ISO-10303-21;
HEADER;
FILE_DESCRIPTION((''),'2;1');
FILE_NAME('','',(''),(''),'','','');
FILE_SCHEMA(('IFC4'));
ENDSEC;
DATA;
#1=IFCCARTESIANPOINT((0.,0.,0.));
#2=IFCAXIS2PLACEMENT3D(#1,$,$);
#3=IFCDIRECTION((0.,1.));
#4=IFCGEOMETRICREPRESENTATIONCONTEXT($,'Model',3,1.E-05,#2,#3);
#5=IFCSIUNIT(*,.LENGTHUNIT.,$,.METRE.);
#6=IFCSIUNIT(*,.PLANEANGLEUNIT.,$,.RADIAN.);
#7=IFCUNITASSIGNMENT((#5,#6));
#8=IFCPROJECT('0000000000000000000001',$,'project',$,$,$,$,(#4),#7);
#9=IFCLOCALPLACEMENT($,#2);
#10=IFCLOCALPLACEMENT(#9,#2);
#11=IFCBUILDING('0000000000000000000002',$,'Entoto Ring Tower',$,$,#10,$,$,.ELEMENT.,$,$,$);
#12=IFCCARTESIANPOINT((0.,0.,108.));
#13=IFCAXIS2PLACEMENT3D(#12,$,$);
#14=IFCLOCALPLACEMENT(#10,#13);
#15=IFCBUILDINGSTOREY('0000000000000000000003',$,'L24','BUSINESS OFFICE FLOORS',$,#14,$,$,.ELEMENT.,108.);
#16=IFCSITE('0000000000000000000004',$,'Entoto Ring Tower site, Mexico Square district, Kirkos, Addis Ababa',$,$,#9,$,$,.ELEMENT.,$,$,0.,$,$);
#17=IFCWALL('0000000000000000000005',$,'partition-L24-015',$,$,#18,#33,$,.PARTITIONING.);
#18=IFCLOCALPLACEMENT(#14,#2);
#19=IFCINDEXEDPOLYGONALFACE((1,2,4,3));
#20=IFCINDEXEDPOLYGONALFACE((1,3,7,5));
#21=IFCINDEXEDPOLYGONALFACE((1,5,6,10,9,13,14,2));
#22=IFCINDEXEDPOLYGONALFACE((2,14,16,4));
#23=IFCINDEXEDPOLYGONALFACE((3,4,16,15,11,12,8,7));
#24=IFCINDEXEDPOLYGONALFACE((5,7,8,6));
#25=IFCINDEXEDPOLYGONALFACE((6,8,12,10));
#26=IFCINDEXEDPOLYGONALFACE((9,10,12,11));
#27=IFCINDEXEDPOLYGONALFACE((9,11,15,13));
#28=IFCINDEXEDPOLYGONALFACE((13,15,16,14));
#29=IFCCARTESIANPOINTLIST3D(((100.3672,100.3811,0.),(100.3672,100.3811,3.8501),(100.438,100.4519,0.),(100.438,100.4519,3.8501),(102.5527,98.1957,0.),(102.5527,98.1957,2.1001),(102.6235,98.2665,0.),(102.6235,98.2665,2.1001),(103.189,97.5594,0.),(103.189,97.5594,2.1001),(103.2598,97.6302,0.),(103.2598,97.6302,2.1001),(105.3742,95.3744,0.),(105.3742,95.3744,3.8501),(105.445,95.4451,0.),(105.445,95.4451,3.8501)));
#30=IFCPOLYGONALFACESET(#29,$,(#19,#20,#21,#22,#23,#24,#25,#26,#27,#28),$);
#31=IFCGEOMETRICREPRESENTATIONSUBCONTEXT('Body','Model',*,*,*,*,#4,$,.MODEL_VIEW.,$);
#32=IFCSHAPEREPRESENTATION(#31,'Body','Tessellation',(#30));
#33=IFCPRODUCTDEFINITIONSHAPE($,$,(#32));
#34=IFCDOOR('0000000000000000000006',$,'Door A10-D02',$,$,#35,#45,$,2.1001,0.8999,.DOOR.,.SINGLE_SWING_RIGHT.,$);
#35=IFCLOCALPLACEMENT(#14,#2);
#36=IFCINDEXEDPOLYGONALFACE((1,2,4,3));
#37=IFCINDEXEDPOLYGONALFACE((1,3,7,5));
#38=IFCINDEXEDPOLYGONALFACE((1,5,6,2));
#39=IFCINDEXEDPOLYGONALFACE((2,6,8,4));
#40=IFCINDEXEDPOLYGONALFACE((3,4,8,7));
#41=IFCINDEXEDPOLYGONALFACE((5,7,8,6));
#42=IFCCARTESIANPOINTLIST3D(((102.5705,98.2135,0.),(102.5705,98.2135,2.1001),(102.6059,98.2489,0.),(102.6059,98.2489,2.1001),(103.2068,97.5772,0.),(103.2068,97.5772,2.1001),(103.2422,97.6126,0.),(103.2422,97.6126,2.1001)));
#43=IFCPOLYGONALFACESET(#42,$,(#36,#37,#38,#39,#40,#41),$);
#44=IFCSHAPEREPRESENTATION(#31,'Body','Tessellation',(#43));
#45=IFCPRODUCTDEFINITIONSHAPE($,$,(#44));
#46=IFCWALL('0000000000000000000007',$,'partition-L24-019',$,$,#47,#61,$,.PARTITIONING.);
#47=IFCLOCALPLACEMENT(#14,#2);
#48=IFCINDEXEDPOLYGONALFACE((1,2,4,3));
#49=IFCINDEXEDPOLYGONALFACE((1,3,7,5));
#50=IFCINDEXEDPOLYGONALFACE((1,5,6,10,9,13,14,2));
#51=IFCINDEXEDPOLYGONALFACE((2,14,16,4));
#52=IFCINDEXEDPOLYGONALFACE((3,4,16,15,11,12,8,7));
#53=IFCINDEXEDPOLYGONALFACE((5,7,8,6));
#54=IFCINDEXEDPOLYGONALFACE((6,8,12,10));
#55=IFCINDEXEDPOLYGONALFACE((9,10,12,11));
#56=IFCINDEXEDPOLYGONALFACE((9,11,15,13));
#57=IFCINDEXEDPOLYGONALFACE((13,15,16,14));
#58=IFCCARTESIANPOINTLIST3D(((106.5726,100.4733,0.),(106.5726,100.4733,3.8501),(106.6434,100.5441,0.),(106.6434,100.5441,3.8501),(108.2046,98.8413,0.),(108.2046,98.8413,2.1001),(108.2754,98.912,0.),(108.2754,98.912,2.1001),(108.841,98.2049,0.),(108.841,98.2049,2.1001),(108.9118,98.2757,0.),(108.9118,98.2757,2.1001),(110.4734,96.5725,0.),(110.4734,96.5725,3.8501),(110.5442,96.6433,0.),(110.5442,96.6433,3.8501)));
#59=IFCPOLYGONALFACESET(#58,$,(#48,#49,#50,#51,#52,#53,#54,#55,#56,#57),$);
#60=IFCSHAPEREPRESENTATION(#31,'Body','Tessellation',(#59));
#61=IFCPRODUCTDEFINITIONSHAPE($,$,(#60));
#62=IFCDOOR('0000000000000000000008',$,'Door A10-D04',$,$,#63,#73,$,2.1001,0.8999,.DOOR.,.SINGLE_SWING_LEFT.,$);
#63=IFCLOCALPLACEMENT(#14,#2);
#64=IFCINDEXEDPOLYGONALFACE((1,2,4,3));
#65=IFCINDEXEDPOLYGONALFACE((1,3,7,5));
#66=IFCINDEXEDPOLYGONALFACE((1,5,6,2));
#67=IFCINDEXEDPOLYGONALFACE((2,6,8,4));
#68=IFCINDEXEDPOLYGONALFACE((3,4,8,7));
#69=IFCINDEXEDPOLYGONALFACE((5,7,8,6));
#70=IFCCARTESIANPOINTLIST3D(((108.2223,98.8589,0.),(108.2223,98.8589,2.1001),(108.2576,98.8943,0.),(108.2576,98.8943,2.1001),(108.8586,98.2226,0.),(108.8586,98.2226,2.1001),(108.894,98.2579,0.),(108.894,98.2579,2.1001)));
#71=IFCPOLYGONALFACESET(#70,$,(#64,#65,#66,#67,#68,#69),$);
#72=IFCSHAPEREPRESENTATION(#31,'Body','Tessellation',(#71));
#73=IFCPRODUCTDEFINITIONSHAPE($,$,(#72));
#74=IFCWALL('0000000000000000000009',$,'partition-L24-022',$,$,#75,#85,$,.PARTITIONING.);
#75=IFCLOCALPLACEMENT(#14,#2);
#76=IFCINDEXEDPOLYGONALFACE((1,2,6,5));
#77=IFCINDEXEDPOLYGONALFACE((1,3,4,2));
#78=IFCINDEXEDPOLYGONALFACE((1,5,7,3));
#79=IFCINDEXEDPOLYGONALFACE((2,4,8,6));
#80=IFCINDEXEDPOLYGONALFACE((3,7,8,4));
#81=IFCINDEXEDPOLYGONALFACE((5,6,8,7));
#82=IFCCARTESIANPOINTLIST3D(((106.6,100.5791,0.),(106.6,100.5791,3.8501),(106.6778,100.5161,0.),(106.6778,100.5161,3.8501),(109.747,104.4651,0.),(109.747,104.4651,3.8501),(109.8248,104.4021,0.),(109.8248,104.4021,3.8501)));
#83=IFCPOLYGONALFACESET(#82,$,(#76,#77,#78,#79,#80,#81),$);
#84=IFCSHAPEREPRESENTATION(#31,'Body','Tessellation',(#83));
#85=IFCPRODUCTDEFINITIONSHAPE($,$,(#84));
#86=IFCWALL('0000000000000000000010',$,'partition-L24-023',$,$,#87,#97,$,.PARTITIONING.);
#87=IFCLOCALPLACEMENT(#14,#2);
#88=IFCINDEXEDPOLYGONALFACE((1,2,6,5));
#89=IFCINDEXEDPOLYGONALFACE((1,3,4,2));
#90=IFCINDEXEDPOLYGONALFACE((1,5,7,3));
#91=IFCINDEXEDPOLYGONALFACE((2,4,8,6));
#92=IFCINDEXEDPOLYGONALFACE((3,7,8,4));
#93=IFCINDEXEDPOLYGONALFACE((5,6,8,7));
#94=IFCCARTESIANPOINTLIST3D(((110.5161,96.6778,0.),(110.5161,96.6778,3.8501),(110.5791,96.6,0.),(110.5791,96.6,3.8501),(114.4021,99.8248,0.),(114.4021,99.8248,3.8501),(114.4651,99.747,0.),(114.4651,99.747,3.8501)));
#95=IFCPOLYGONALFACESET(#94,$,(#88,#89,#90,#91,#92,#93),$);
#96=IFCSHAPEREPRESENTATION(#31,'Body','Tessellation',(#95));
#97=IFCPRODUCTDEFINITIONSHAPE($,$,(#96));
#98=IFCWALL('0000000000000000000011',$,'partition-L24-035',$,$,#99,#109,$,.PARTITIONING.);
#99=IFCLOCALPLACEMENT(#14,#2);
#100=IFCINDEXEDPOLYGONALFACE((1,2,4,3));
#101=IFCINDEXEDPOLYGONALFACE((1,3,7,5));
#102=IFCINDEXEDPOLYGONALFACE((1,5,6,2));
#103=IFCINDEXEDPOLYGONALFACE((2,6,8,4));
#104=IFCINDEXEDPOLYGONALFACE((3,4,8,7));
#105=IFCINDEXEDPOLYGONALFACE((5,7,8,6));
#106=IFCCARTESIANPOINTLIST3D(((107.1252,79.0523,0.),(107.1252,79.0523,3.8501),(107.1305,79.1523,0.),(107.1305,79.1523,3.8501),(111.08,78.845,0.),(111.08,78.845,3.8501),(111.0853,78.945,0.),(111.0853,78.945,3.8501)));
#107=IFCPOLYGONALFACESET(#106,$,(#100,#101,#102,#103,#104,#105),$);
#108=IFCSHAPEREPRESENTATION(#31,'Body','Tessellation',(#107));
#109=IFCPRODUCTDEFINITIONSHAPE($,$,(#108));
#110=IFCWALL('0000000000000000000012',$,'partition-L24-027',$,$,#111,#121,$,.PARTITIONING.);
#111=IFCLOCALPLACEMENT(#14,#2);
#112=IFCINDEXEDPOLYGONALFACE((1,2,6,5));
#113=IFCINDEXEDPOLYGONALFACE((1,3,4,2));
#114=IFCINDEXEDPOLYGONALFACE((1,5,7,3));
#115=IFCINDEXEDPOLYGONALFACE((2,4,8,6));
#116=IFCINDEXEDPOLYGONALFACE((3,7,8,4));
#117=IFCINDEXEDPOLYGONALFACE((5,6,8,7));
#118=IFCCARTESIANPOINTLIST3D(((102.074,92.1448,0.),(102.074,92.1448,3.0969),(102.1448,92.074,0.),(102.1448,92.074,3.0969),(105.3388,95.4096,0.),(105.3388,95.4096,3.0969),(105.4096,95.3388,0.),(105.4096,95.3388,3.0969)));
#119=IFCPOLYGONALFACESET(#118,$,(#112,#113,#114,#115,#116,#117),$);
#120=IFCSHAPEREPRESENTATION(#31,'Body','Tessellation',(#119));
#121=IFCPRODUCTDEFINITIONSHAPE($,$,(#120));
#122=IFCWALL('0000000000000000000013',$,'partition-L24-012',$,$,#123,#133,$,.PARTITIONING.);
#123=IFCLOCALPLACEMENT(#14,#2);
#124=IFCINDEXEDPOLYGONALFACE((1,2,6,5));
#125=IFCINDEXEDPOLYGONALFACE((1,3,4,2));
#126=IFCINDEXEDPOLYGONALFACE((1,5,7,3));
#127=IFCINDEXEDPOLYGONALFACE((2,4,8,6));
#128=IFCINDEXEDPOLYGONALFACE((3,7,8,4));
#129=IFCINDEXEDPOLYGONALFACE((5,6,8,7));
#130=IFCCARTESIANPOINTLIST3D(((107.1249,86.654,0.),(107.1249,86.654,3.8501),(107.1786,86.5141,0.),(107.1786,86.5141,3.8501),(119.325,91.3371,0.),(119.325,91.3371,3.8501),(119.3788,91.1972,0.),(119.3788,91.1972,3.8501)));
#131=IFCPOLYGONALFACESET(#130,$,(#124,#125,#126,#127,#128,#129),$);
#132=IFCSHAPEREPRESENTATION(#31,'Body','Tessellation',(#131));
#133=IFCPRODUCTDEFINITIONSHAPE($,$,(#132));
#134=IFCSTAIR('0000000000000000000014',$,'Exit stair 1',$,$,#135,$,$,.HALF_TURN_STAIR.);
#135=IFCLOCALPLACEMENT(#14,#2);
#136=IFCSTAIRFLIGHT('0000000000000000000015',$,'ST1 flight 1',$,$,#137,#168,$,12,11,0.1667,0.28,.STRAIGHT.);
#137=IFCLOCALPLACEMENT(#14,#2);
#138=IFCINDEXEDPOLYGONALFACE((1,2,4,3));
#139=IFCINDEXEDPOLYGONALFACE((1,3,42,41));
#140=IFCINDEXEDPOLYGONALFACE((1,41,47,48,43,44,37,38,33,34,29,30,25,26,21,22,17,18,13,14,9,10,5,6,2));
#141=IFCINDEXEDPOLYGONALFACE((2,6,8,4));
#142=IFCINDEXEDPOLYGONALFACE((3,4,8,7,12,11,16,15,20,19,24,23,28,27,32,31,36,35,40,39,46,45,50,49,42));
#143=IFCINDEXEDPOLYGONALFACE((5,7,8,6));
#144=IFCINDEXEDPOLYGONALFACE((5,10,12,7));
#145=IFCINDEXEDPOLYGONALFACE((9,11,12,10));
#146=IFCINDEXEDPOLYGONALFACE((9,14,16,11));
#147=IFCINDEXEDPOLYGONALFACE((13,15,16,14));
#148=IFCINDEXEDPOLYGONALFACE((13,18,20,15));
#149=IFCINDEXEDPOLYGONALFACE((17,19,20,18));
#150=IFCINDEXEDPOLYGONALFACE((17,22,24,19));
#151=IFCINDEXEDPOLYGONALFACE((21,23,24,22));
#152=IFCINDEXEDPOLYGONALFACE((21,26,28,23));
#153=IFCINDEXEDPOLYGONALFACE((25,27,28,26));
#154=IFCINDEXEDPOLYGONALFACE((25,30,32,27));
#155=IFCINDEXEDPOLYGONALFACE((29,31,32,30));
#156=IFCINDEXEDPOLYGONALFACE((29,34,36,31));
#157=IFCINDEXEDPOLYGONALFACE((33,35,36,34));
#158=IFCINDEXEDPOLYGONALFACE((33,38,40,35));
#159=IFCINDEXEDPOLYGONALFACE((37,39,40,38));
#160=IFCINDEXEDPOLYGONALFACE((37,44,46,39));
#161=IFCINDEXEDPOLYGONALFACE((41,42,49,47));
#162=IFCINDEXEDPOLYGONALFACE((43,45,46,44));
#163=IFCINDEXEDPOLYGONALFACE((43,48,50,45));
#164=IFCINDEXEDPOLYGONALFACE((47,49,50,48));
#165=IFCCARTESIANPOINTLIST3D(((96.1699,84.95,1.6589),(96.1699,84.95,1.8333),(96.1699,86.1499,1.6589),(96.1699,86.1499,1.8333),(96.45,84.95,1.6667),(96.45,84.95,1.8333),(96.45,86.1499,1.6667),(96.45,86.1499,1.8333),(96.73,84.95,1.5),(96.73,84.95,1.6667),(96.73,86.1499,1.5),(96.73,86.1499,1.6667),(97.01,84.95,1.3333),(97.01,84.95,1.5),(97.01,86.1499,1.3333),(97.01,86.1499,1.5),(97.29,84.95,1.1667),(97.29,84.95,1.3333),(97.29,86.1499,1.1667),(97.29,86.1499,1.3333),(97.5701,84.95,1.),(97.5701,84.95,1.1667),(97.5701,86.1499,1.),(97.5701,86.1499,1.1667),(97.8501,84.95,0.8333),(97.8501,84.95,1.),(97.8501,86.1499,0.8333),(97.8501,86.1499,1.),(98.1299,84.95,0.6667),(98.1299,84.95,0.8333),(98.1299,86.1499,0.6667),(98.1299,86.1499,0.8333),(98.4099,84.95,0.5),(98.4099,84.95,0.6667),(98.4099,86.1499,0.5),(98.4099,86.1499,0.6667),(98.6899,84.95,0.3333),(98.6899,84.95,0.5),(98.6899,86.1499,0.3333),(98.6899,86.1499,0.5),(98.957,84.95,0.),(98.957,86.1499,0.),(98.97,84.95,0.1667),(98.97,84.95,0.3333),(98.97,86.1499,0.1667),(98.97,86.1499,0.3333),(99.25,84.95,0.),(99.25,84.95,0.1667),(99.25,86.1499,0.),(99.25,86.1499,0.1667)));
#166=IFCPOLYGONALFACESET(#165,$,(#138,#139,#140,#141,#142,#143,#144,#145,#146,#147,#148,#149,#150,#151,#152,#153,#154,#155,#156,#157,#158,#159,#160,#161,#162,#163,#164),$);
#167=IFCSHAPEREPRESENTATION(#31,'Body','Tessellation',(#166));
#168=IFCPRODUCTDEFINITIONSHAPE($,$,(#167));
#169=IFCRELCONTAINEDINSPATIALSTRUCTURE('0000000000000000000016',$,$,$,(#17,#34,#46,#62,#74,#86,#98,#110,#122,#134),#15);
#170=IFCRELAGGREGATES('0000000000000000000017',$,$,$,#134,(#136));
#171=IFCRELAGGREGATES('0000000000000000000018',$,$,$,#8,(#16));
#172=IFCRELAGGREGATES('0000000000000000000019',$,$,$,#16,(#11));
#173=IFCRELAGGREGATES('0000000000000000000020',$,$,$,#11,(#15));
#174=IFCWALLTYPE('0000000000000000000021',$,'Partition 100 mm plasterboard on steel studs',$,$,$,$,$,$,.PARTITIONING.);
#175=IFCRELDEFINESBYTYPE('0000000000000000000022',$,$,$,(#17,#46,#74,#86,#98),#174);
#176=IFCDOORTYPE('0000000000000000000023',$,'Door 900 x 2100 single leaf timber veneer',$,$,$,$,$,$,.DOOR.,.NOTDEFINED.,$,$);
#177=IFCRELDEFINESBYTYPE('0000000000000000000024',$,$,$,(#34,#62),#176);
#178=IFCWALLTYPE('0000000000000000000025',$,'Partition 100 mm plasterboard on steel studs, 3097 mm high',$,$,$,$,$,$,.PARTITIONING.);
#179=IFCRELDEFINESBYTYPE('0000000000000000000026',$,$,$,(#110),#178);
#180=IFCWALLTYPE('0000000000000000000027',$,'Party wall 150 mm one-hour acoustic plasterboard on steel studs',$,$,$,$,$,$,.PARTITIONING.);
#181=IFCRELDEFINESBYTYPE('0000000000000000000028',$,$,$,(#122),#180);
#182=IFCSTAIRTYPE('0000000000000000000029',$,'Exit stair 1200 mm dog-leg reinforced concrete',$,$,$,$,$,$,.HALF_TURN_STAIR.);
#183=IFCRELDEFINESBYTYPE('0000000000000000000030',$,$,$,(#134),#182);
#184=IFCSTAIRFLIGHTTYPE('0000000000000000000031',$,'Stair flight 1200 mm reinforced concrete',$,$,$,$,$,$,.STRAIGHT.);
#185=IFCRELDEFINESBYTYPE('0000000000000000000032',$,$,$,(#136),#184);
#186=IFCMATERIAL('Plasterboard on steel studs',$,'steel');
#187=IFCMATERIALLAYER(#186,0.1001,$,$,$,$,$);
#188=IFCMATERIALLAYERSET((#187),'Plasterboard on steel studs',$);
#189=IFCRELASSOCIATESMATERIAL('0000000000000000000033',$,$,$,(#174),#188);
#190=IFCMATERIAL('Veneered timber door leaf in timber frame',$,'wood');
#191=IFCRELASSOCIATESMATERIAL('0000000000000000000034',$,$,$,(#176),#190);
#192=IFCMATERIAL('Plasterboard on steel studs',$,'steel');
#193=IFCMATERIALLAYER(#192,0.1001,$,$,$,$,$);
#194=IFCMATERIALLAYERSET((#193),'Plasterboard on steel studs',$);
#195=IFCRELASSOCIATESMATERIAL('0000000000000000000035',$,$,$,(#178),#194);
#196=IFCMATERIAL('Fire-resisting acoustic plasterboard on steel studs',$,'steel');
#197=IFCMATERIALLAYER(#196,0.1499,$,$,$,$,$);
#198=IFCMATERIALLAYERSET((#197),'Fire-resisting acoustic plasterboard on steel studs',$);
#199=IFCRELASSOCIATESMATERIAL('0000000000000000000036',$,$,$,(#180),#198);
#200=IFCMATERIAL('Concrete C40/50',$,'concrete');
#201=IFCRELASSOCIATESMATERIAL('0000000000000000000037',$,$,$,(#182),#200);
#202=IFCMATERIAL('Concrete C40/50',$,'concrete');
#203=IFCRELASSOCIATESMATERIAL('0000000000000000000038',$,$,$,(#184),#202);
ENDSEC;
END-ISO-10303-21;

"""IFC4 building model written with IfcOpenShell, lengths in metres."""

from ifc_helpers import new_model, si_unit, direction, frame, frame_2d, origin, place, context, subcontext, project, spatial, polyline, rectangle, outline, extrude, material, layer, layer_set, type_object, element, fill, aggregate, save


model = new_model("IFC4")

# Units and contexts
model_context = context("Model", 3, precision=1e-05, world=origin(), true_north=direction((0.0, 1.0)))
body_context = subcontext(model_context, "Body", "Model", "MODEL_VIEW")
ifc_project = project(units=[si_unit("LENGTHUNIT", "METRE"), si_unit("PLANEANGLEUNIT", "RADIAN")], contexts=[model_context])

# Site, building, storey
site_placement = place(None, origin())
site = spatial("IfcSite", under=ifc_project, at=site_placement, Name="Entoto Ring Tower site, Mexico Square district, Kirkos, Addis Ababa", CompositionType="ELEMENT", RefElevation=0.0)
building_placement = place(site_placement, origin())
building = spatial("IfcBuilding", under=site, at=building_placement, Name="Entoto Ring Tower", CompositionType="ELEMENT")
storey_placement = place(building_placement, frame((0.0, 0.0, 108.0)))
storey = spatial("IfcBuildingStorey", under=building, at=storey_placement, Name="L24", Description="BUSINESS OFFICE FLOORS", CompositionType="ELEMENT", Elevation=108.0)

# Walls, openings, doors
ifc_material_1 = material(Name="Plasterboard on steel studs", Category="steel")
ifc_layer_1 = layer(ifc_material_1, 0.1001)
ifc_layer_set_1 = layer_set([ifc_layer_1], Name="Plasterboard on steel studs")
wall_type_1 = type_object("IfcWallType", Name="Partition 100 mm plasterboard on steel studs", PredefinedType="PARTITIONING", material=ifc_layer_set_1)
wall_1_placement = place(storey_placement, frame((105.4097, 95.4097, 0.0), z_axis=(0.0, 0.0, 1.0), x_axis=(-0.707124, 0.70709, 0.0)))
wall_1 = element("IfcWall", 1, at=wall_1_placement, inside=storey, type_object=wall_type_1, Name="partition-L24-015", PredefinedType="PARTITIONING", context=body_context, shape_type="SweptSolid", body=[
    extrude(rectangle(XDim=7.0808, YDim=0.1001, at=frame_2d((3.5405, 0.0))), origin(), (0.0, 0.0, 1.0), 3.8501),
])
opening_1_placement = place(wall_1_placement, frame((3.0903, 0.0, 0.0)))
opening_1 = element("IfcOpeningElement", 2, at=opening_1_placement, cuts=wall_1, PredefinedType="OPENING", context=body_context, shape_type="SweptSolid", body=[
    extrude(rectangle(XDim=0.8999, YDim=2.1001, at=frame_2d((0.45, 1.05))), frame((0.0, 0.0601, 0.0), z_axis=(0.0, -1.0, 0.0), x_axis=(1.0, 0.0, 0.0)), (0.0, 0.0, 1.0), 0.1201),
])
ifc_material_2 = material(Name="Veneered timber door leaf in timber frame", Category="wood")
door_type_1 = type_object("IfcDoorType", Name="Door 900 x 2100 single leaf timber veneer", OperationType="NOTDEFINED", PredefinedType="DOOR", material=ifc_material_2)
door_1_placement = place(opening_1_placement, origin())
door_1 = element("IfcDoor", 3, at=door_1_placement, inside=storey, type_object=door_type_1, Name="Door A10-D02", OperationType="SINGLE_SWING_RIGHT", OverallHeight=2.1001, OverallWidth=0.8999, PredefinedType="DOOR", context=body_context, shape_type="SweptSolid", body=[
    extrude(rectangle(XDim=0.8999, YDim=2.1001, at=frame_2d((0.45, 1.05))), frame((0.0, 0.0249, 0.0), z_axis=(0.0, -1.0, 0.0), x_axis=(1.0, 0.0, 0.0)), (0.0, 0.0, 1.0), 0.05),
])
fill(opening_1, door_1)
wall_2_placement = place(storey_placement, frame((110.5088, 96.6079, 0.0), z_axis=(0.0, 0.0, 1.0), x_axis=(-0.707107, 0.707107, 0.0)))
wall_2 = element("IfcWall", 4, at=wall_2_placement, inside=storey, type_object=wall_type_1, Name="partition-L24-019", PredefinedType="PARTITIONING", context=body_context, shape_type="SweptSolid", body=[
    extrude(rectangle(XDim=5.5166, YDim=0.1001, at=frame_2d((2.7583, 0.0))), origin(), (0.0, 0.0, 1.0), 3.8501),
])
opening_2_placement = place(wall_2_placement, frame((2.3086, 0.0, 0.0)))
opening_2 = element("IfcOpeningElement", 5, at=opening_2_placement, cuts=wall_2, PredefinedType="OPENING", context=body_context, shape_type="SweptSolid", body=[
    extrude(rectangle(XDim=0.8999, YDim=2.1001, at=frame_2d((0.45, 1.05))), frame((0.0, 0.0601, 0.0), z_axis=(0.0, -1.0, 0.0), x_axis=(1.0, 0.0, 0.0)), (0.0, 0.0, 1.0), 0.1201),
])
door_2_placement = place(opening_2_placement, frame((0.8999, 0.0, 0.0), z_axis=(0.0, 0.0, 1.0), x_axis=(-1.0, 0.0, 0.0)))
door_2 = element("IfcDoor", 6, at=door_2_placement, inside=storey, type_object=door_type_1, Name="Door A10-D04", OperationType="SINGLE_SWING_LEFT", OverallHeight=2.1001, OverallWidth=0.8999, PredefinedType="DOOR", context=body_context, shape_type="SweptSolid", body=[
    extrude(rectangle(XDim=0.8999, YDim=2.1001, at=frame_2d((0.45, 1.05))), frame((0.0, 0.0249, 0.0), z_axis=(0.0, -1.0, 0.0), x_axis=(1.0, 0.0, 0.0)), (0.0, 0.0, 1.0), 0.05),
])
fill(opening_2, door_2)

# Walls
for number, where, z_axis, x_axis, name in (
    (7, (106.6389, 100.5476, 0.0), (0.0, 0.0, 1.0), (0.62934, 0.77713, 0.0), "partition-L24-022"),
    (8, (110.5476, 96.6389, 0.0), (0.0, 0.0, 1.0), (0.77713, 0.62934, 0.0), "partition-L24-023"),
):
    element("IfcWall", number, at=place(storey_placement, frame(where, z_axis=z_axis, x_axis=x_axis)), inside=storey, type_object=wall_type_1, Name=name, PredefinedType="PARTITIONING", context=body_context, shape_type="SweptSolid", body=[
        extrude(rectangle(XDim=5.0005, YDim=0.1001, at=frame_2d((2.5002, 0.0))), origin(), (0.0, 0.0, 1.0), 3.8501),
    ])
wall_3_placement = place(storey_placement, frame((111.0825, 78.895, 0.0), z_axis=(0.0, 0.0, 1.0), x_axis=(-0.998629, 0.052339, 0.0)))
element("IfcWall", 9, at=wall_3_placement, inside=storey, type_object=wall_type_1, Name="partition-L24-035", PredefinedType="PARTITIONING", context=body_context, shape_type="SweptSolid", body=[
    extrude(rectangle(XDim=3.9602, YDim=0.1001, at=frame_2d((1.98, 0.0))), origin(), (0.0, 0.0, 1.0), 3.8501),
])
ifc_material_3 = material(Name="Plasterboard on steel studs", Category="steel")
ifc_layer_2 = layer(ifc_material_3, 0.1001)
ifc_layer_set_2 = layer_set([ifc_layer_2], Name="Plasterboard on steel studs")
wall_type_2 = type_object("IfcWallType", Name="Partition 100 mm plasterboard on steel studs, 3097 mm high", PredefinedType="PARTITIONING", material=ifc_layer_set_2)
wall_4_placement = place(storey_placement, frame((102.1094, 92.1094, 0.0), z_axis=(0.0, 0.0, 1.0), x_axis=(0.707107, 0.707107, 0.0)))
element("IfcWall", 10, at=wall_4_placement, inside=storey, type_object=wall_type_2, Name="partition-L24-027", PredefinedType="PARTITIONING", context=body_context, shape_type="SweptSolid", body=[
    extrude(rectangle(XDim=4.6172, YDim=0.1001, at=frame_2d((2.3086, 0.0))), origin(), (0.0, 0.0, 1.0), 3.0969),
])
ifc_material_4 = material(Name="Fire-resisting acoustic plasterboard on steel studs", Category="steel")
ifc_layer_3 = layer(ifc_material_4, 0.1499)
ifc_layer_set_3 = layer_set([ifc_layer_3], Name="Fire-resisting acoustic plasterboard on steel studs")
wall_type_3 = type_object("IfcWallType", Name="Party wall 150 mm one-hour acoustic plasterboard on steel studs", PredefinedType="PARTITIONING", material=ifc_layer_set_3)
wall_5_placement = place(storey_placement, frame((107.1516, 86.584, 0.0), z_axis=(0.0, 0.0, 1.0), x_axis=(0.933583, 0.358361, 0.0)))
element("IfcWall", 11, at=wall_5_placement, inside=storey, type_object=wall_type_3, Name="partition-L24-012", PredefinedType="PARTITIONING", context=body_context, shape_type="SweptSolid", body=[
    extrude(rectangle(XDim=13.0681, YDim=0.1499, at=frame_2d((6.5342, 0.0))), origin(), (0.0, 0.0, 1.0), 3.8501),
])

# Stair, stair flight
ifc_material_5 = material(Name="Concrete C40/50", Category="concrete")
stair_type = type_object("IfcStairType", Name="Exit stair 1200 mm dog-leg reinforced concrete", PredefinedType="HALF_TURN_STAIR", material=ifc_material_5)
stair_placement = place(storey_placement, origin())
stair = element("IfcStair", 12, at=stair_placement, inside=storey, type_object=stair_type, Name="Exit stair 1", PredefinedType="HALF_TURN_STAIR")
ifc_material_6 = material(Name="Concrete C40/50", Category="concrete")
stair_flight_type = type_object("IfcStairFlightType", Name="Stair flight 1200 mm reinforced concrete", PredefinedType="STRAIGHT", material=ifc_material_6)
stair_flight_placement = place(storey_placement, frame((99.25, 85.55, 0.0), z_axis=(0.0, 0.0, 1.0), x_axis=(-1.0, 0.0, 0.0)))
stair_flight = element("IfcStairFlight", 13, at=stair_flight_placement, type_object=stair_flight_type, Name="ST1 flight 1", NumberOfRisers=12, NumberOfTreads=11, PredefinedType="STRAIGHT", RiserHeight=0.1667, TreadLength=0.28, context=body_context, shape_type="SweptSolid", body=[
    extrude(outline(polyline([(0.0, 0.0), (0.0, 0.1667), (0.28, 0.1667), (0.28, 0.3333), (0.5601, 0.3333), (0.5601, 0.5), (0.8401, 0.5), (0.8401, 0.6667), (1.1201, 0.6667), (1.1201, 0.8333), (1.3999, 0.8333), (1.3999, 1.0), (1.6799, 1.0), (1.6799, 1.1667), (1.96, 1.1667), (1.96, 1.3333), (2.24, 1.3333), (2.24, 1.5), (2.52, 1.5), (2.52, 1.6667), (2.8, 1.6667), (2.8, 1.8333), (3.0801, 1.8333), (3.0801, 2.0), (3.0801, 1.6589), (0.293, 0.0), (0.0, 0.0)])), frame((0.0, 0.6001, 0.0), z_axis=(0.0, -1.0, 0.0), x_axis=(1.0, 0.0, 0.0)), (0.0, 0.0, 1.0), 1.2),
])
aggregate(stair, [stair_flight])

save(model, "model.ifc")
